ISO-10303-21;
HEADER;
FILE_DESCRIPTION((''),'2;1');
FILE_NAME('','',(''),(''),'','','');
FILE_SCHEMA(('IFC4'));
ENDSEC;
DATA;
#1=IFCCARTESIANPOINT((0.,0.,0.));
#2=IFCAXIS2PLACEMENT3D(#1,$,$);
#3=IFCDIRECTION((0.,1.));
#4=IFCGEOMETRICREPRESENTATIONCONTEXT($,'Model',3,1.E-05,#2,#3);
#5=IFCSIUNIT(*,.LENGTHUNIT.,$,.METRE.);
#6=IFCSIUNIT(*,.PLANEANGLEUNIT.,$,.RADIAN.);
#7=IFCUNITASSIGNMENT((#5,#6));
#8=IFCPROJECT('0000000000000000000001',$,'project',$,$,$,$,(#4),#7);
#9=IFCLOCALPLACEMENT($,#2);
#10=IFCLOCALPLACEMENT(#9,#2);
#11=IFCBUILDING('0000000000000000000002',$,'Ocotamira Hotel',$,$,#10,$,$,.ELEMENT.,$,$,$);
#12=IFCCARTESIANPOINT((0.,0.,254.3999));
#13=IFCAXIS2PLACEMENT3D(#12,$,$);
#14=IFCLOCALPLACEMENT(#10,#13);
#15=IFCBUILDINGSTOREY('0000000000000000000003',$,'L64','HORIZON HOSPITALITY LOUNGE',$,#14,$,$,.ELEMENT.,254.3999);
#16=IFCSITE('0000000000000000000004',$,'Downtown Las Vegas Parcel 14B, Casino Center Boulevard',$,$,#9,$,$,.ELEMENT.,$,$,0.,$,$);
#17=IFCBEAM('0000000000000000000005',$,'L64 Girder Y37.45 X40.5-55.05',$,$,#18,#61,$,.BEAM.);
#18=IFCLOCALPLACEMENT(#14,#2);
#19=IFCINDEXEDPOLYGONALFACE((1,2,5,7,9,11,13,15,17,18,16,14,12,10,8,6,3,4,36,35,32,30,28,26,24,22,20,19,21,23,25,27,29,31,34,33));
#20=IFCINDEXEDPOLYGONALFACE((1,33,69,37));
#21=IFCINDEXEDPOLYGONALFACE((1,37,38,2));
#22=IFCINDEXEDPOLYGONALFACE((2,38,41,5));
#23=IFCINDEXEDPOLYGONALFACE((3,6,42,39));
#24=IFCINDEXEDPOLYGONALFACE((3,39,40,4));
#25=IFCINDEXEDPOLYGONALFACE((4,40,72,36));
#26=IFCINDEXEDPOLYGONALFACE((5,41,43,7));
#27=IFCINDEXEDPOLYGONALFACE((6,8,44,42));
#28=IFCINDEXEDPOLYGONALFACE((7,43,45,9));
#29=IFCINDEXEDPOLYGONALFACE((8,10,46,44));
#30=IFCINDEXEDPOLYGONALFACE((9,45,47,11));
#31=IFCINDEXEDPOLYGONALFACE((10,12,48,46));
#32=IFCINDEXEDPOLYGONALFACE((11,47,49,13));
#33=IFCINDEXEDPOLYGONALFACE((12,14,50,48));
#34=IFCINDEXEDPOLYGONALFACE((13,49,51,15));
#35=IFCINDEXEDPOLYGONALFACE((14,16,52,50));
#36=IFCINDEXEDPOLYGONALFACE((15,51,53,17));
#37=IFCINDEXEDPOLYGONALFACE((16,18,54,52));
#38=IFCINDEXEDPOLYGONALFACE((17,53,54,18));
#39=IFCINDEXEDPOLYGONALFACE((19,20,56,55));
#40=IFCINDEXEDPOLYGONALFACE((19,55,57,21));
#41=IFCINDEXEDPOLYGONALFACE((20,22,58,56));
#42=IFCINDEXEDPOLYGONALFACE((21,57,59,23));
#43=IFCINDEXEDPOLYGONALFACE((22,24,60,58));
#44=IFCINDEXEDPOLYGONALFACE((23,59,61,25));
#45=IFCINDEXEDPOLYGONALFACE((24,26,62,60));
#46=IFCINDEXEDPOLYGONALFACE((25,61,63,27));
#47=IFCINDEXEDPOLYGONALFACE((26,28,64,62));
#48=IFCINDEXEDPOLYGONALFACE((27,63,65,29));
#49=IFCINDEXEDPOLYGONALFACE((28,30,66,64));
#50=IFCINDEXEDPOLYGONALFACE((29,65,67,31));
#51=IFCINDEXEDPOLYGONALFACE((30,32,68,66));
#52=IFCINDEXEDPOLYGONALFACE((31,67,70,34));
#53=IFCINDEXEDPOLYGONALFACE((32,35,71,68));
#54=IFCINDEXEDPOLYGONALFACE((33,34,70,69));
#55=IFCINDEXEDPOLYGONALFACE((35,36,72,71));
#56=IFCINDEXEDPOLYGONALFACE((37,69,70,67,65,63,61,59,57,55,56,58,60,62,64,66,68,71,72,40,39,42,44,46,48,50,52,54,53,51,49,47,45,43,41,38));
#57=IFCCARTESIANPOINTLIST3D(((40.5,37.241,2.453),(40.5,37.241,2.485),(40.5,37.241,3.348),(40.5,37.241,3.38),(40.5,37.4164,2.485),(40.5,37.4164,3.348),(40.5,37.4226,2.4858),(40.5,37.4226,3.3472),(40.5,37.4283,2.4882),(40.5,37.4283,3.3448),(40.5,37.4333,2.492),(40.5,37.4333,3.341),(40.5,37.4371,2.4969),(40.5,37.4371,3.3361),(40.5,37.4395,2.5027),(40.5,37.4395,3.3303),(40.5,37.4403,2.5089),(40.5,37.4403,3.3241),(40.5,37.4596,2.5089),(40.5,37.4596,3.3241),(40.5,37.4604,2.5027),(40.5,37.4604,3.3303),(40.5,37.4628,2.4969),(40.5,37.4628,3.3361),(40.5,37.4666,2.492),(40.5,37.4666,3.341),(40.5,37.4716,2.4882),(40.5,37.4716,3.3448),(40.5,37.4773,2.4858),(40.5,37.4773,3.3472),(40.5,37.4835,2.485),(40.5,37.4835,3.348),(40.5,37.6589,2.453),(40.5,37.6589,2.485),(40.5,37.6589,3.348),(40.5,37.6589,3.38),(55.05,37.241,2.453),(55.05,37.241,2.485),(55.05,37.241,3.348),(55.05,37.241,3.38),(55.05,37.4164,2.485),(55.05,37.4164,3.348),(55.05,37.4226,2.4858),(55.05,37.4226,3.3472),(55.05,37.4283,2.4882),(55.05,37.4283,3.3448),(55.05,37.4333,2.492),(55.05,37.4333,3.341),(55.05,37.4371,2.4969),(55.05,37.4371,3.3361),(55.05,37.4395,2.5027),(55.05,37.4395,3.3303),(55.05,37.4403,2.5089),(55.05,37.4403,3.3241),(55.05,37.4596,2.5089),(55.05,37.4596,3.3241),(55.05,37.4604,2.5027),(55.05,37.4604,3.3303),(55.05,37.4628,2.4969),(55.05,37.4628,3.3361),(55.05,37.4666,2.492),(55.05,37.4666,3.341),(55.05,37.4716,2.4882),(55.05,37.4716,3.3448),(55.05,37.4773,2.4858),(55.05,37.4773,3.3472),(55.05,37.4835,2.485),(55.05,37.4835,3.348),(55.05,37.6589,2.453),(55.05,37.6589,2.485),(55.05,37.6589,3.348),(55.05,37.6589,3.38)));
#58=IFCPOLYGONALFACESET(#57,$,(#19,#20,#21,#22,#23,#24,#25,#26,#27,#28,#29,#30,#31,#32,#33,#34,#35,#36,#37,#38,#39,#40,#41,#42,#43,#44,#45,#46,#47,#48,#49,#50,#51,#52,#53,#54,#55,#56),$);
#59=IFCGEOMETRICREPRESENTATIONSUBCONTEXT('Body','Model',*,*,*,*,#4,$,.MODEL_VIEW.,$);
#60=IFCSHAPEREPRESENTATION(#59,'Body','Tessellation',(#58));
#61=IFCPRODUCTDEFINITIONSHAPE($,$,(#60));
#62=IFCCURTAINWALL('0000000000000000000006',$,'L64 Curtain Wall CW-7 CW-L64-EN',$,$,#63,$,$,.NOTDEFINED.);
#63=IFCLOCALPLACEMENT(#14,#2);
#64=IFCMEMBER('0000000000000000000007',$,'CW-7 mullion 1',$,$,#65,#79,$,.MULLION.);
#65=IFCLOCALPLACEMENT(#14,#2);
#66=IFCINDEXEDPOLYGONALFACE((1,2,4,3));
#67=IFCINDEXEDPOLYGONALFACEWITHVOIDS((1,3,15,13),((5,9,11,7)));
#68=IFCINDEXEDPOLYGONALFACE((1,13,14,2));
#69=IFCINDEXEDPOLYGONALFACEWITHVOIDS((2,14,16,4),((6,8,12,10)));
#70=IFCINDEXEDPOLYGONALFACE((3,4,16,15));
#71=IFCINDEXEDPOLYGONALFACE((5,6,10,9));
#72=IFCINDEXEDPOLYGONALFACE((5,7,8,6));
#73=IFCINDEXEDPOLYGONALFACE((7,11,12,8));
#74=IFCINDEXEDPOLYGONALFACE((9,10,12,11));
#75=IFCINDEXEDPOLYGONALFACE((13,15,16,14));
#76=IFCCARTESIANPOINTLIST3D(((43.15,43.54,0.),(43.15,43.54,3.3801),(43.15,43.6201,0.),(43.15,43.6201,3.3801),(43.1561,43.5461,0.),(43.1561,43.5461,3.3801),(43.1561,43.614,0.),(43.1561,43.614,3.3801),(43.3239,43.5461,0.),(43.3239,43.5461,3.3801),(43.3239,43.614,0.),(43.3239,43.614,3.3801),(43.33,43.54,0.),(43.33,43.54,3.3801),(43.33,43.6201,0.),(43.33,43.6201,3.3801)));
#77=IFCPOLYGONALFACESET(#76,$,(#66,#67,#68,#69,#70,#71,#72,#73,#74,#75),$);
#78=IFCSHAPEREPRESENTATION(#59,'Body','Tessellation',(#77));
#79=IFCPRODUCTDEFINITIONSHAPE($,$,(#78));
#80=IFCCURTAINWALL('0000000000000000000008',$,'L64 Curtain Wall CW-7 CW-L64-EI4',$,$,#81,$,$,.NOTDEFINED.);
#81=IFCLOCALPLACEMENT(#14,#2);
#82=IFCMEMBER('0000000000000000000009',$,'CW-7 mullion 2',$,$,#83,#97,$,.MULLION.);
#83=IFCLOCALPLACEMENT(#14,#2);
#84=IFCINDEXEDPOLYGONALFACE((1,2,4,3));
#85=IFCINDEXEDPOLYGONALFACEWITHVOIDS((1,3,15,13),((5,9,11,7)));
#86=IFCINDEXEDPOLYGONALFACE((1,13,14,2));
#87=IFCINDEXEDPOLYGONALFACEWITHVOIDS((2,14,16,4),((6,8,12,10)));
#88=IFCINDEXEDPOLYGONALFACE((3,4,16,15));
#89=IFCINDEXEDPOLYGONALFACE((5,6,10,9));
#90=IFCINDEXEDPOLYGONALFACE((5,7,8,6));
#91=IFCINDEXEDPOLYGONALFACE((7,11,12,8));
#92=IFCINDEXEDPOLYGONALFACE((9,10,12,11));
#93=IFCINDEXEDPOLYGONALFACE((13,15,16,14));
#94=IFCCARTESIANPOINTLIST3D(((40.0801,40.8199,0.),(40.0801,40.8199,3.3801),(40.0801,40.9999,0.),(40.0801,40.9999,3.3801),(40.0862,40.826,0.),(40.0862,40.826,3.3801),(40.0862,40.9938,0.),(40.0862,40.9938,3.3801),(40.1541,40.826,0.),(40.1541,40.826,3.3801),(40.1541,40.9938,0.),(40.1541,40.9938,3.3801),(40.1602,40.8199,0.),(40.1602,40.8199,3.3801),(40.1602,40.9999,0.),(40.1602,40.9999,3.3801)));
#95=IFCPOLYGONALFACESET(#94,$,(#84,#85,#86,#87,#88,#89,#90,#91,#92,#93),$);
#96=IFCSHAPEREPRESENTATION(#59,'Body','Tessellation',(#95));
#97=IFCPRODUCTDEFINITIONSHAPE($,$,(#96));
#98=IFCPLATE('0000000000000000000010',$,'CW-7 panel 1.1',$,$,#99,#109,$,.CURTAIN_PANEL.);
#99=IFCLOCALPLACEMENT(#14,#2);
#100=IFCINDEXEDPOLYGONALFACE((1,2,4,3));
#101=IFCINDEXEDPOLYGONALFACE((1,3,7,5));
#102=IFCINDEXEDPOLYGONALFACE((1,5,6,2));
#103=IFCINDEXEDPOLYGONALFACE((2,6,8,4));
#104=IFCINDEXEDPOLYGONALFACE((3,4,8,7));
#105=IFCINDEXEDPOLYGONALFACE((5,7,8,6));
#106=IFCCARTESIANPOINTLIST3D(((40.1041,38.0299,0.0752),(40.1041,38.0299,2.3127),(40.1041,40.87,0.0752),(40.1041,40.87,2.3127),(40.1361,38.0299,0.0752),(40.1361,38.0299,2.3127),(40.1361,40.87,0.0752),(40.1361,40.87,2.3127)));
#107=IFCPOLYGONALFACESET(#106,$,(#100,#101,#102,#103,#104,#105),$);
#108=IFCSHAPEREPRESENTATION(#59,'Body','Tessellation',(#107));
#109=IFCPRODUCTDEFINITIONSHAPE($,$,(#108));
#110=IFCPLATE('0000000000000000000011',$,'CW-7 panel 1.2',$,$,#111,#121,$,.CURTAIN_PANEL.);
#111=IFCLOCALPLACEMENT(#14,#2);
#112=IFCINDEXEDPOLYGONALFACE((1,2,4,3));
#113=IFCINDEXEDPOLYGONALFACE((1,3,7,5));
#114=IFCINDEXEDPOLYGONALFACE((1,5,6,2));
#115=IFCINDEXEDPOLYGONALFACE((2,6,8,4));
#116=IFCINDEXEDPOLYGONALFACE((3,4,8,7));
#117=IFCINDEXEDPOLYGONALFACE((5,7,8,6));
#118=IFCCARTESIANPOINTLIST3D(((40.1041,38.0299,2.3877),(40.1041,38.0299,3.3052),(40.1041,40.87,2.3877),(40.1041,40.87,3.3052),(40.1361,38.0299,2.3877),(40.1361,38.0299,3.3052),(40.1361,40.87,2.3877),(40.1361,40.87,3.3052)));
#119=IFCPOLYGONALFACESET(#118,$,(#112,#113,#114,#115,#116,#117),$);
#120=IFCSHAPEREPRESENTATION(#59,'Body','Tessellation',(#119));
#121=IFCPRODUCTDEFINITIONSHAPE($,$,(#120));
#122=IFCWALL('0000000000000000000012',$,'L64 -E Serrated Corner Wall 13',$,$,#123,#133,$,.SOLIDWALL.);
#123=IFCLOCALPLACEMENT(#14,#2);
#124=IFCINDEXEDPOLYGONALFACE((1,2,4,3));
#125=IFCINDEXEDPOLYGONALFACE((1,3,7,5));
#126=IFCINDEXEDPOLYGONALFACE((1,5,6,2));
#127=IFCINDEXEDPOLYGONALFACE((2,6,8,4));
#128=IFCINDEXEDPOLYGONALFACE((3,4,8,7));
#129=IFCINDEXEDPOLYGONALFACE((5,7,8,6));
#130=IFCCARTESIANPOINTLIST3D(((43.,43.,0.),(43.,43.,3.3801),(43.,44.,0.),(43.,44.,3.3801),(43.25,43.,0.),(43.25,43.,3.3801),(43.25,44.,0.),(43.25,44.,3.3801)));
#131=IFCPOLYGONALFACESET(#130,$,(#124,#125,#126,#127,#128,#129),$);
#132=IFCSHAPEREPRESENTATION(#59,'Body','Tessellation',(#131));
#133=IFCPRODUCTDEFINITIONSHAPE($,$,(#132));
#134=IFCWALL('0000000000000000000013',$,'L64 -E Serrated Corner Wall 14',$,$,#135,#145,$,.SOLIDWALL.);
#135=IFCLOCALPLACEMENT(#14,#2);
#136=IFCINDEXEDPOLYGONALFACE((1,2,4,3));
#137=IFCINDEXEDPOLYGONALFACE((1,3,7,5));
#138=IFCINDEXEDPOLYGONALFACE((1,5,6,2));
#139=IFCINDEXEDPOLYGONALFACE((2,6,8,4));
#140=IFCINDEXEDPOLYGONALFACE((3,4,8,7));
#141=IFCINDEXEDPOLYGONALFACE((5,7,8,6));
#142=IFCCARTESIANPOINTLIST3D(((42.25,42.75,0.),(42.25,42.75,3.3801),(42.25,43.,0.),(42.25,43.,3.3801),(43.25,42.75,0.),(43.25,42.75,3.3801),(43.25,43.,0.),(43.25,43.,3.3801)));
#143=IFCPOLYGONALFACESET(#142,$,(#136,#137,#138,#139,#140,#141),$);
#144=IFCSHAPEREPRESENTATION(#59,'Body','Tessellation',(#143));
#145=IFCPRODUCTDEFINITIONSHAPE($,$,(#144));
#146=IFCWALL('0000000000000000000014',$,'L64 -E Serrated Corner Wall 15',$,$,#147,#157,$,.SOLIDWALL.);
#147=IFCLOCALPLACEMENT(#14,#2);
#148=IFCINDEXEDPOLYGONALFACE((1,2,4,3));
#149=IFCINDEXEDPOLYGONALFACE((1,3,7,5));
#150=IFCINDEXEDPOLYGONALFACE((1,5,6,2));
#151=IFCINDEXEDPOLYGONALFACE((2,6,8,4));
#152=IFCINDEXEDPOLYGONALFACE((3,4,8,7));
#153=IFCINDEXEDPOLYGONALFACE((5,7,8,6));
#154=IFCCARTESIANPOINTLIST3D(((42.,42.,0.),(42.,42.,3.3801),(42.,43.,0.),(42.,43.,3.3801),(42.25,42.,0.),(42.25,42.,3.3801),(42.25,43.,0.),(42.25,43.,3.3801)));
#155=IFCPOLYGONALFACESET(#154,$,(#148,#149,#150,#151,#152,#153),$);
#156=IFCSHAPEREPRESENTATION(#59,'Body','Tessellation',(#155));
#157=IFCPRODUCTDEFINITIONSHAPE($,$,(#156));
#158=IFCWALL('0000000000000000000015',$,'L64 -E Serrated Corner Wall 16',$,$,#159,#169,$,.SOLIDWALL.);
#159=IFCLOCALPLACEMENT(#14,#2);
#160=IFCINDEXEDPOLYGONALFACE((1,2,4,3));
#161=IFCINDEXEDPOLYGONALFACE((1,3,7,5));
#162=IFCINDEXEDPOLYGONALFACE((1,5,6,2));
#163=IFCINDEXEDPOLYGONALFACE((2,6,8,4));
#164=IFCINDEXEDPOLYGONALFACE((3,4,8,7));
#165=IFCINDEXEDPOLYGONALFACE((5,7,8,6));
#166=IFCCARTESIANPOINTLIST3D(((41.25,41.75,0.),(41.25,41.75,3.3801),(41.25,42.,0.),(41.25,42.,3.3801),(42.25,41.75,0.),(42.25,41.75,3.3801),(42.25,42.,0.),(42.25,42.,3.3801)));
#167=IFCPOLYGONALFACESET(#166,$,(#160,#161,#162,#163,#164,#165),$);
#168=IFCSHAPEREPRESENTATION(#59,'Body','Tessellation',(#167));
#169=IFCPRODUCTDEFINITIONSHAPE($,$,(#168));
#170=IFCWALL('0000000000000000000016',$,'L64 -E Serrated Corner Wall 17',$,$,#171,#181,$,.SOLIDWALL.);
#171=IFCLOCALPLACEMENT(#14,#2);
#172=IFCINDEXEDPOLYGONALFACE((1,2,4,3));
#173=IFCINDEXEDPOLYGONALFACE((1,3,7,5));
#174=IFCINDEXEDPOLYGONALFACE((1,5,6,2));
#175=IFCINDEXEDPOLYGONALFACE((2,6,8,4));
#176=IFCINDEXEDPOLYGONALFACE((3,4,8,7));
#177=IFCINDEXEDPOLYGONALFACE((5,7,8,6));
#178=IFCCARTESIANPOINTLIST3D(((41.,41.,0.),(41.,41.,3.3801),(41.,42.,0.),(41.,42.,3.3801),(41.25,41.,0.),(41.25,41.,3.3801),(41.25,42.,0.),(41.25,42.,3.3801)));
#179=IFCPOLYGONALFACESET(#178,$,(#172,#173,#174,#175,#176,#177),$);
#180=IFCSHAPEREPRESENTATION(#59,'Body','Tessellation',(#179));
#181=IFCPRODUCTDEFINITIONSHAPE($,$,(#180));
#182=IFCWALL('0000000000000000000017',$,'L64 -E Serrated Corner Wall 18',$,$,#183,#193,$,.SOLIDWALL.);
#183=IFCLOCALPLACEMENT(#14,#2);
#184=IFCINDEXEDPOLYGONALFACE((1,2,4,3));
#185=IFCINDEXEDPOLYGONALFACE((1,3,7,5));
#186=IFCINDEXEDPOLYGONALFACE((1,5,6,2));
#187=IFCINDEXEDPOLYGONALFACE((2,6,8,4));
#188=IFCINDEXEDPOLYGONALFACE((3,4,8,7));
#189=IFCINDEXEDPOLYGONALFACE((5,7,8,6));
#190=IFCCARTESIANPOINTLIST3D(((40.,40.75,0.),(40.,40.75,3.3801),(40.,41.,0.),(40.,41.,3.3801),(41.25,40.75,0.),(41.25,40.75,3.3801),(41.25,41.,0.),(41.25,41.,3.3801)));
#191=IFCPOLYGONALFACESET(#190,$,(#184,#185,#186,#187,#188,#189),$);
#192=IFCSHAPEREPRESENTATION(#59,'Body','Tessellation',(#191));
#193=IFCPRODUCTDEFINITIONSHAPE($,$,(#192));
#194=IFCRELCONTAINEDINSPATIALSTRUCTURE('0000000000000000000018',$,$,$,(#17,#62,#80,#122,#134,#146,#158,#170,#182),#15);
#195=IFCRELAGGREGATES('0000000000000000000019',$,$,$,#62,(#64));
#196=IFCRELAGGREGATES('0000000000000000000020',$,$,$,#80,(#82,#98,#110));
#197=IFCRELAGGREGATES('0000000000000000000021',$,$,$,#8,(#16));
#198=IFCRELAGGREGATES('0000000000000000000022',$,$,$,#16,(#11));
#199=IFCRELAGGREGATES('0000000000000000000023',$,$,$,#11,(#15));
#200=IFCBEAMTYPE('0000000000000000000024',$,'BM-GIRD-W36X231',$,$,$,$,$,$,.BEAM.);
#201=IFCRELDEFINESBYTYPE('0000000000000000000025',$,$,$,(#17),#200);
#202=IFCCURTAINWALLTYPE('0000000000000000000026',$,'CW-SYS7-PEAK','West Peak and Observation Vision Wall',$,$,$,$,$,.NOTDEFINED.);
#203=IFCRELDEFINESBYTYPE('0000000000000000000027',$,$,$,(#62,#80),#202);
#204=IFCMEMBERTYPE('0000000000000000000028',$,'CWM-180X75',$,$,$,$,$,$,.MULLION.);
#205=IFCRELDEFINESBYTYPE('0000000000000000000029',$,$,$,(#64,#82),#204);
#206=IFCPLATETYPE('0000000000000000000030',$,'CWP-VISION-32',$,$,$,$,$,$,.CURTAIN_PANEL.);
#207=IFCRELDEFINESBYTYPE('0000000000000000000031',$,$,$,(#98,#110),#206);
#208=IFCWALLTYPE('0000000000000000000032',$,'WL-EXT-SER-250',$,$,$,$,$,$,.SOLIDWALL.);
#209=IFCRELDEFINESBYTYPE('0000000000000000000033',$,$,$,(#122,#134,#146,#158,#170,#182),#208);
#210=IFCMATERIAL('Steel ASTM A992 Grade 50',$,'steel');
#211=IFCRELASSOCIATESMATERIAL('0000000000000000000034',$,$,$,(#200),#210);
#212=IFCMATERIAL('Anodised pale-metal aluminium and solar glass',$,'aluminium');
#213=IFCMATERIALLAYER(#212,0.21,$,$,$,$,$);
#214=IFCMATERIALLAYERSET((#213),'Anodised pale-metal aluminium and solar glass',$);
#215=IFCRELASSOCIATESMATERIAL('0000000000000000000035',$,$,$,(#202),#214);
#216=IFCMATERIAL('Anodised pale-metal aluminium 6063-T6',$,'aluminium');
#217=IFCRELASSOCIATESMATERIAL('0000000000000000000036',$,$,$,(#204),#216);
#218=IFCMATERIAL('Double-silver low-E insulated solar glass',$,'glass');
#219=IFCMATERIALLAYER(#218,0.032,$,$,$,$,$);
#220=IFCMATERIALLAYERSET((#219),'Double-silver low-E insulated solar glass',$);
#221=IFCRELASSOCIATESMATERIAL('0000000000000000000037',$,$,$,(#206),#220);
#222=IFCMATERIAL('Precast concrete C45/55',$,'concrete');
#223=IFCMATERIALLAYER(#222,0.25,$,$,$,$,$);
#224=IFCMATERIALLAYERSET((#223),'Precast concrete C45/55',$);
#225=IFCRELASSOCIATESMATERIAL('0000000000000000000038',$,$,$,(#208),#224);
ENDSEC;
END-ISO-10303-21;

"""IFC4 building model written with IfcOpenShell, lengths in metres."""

from ifc_helpers import new_model, si_unit, direction, frame, frame_2d, origin, origin_2d, place, context, subcontext, project, spatial, rectangle, hollow_rectangle, i_section, extrude, source, transform, mapped, material, layer, layer_set, material_profile, profile_set, type_object, element, aggregate, save


model = new_model("IFC4")

# Units and contexts
model_context = context("Model", 3, precision=1e-05, world=origin(), true_north=direction((0.0, 1.0)))
body_context = subcontext(model_context, "Body", "Model", "MODEL_VIEW")
ifc_project = project(units=[si_unit("LENGTHUNIT", "METRE"), si_unit("PLANEANGLEUNIT", "RADIAN")], contexts=[model_context])

# Site, building, storey
site_placement = place(None, origin())
site = spatial("IfcSite", under=ifc_project, at=site_placement, Name="Downtown Las Vegas Parcel 14B, Casino Center Boulevard", CompositionType="ELEMENT", RefElevation=0.0)
building_placement = place(site_placement, origin())
building = spatial("IfcBuilding", under=site, at=building_placement, Name="Ocotamira Hotel", CompositionType="ELEMENT")
storey_placement = place(building_placement, frame((0.0, 0.0, 254.3999)))
storey = spatial("IfcBuildingStorey", under=building, at=storey_placement, Name="L64", Description="HORIZON HOSPITALITY LOUNGE", CompositionType="ELEMENT", Elevation=254.3999)

# Beam
ifc_material_1 = material(Name="Steel ASTM A992 Grade 50", Category="steel")
ifc_material_profile_1 = material_profile(ifc_material_1, i_section(OverallWidth=0.418, OverallDepth=0.927, WebThickness=0.0193, FlangeThickness=0.032, FilletRadius=0.0239, at=origin_2d()), Name="W36X231")
ifc_profile_set_1 = profile_set([ifc_material_profile_1], Name="Steel ASTM A992 Grade 50")
beam_type = type_object("IfcBeamType", Name="BM-GIRD-W36X231", PredefinedType="BEAM", material=ifc_profile_set_1)
shared_shape_1 = source(origin(), body_context, "Body", "SweptSolid", [
    extrude(i_section(OverallWidth=0.418, OverallDepth=0.927, WebThickness=0.0193, FlangeThickness=0.032, FilletRadius=0.0239, at=origin_2d()), origin(), (0.0, 0.0, 1.0), 14.55),
])
beam_placement = place(storey_placement, frame((40.5, 37.45, 2.9165), z_axis=(1.0, 0.0, 0.0), x_axis=(0.0, 1.0, 0.0)))
element("IfcBeam", 1, at=beam_placement, inside=storey, type_object=beam_type, Name="L64 Girder Y37.45 X40.5-55.05", PredefinedType="BEAM", context=body_context, shape_type="MappedRepresentation", body=[
    mapped(shared_shape_1, transform((0.0, 0.0, 0.0), scale=1.0)),
])

# Curtain wall, member
ifc_material_2 = material(Name="Anodised pale-metal aluminium and solar glass", Category="aluminium")
ifc_layer_1 = layer(ifc_material_2, 0.21)
ifc_layer_set_1 = layer_set([ifc_layer_1], Name="Anodised pale-metal aluminium and solar glass")
curtain_wall_type = type_object("IfcCurtainWallType", Name="CW-SYS7-PEAK", Description="West Peak and Observation Vision Wall", PredefinedType="NOTDEFINED", material=ifc_layer_set_1)
curtain_wall_1_placement = place(storey_placement, origin())
curtain_wall_1 = element("IfcCurtainWall", 2, at=curtain_wall_1_placement, inside=storey, type_object=curtain_wall_type, Name="L64 Curtain Wall CW-7 CW-L64-EN", PredefinedType="NOTDEFINED")
ifc_material_3 = material(Name="Anodised pale-metal aluminium 6063-T6", Category="aluminium")
ifc_material_profile_2 = material_profile(ifc_material_3, hollow_rectangle(XDim=0.0801, YDim=0.1799, WallThickness=0.0061, at=origin_2d()), Name="HSS180X80X6")
ifc_profile_set_2 = profile_set([ifc_material_profile_2], Name="Anodised pale-metal aluminium 6063-T6")
member_type = type_object("IfcMemberType", Name="CWM-180X75", PredefinedType="MULLION", material=ifc_profile_set_2)
shared_shape_2 = source(origin(), body_context, "Body", "SweptSolid", [
    extrude(hollow_rectangle(XDim=0.0801, YDim=0.1799, WallThickness=0.0061, at=origin_2d()), origin(), (0.0, 0.0, 1.0), 3.3801),
])
member_1_placement = place(storey_placement, frame((43.24, 43.5801, 0.0), z_axis=(0.0, 0.0, 1.0), x_axis=(0.0, 1.0, 0.0)))
member_1 = element("IfcMember", 3, at=member_1_placement, type_object=member_type, Name="CW-7 mullion 1", PredefinedType="MULLION", context=body_context, shape_type="MappedRepresentation", body=[
    mapped(shared_shape_2, transform((0.0, 0.0, 0.0), scale=1.0)),
])
aggregate(curtain_wall_1, [member_1])

# Curtain wall, member, plates
curtain_wall_2_placement = place(storey_placement, origin())
curtain_wall_2 = element("IfcCurtainWall", 4, at=curtain_wall_2_placement, inside=storey, type_object=curtain_wall_type, Name="L64 Curtain Wall CW-7 CW-L64-EI4", PredefinedType="NOTDEFINED")
member_2_placement = place(storey_placement, frame((40.1201, 40.9099, 0.0), z_axis=(0.0, 0.0, 1.0), x_axis=(-1.0, 0.0, 0.0)))
member_2 = element("IfcMember", 5, at=member_2_placement, type_object=member_type, Name="CW-7 mullion 2", PredefinedType="MULLION", context=body_context, shape_type="MappedRepresentation", body=[
    mapped(shared_shape_2, transform((0.0, 0.0, 0.0), scale=1.0)),
])
ifc_material_4 = material(Name="Double-silver low-E insulated solar glass", Category="glass")
ifc_layer_2 = layer(ifc_material_4, 0.032)
ifc_layer_set_2 = layer_set([ifc_layer_2], Name="Double-silver low-E insulated solar glass")
plate_type = type_object("IfcPlateType", Name="CWP-VISION-32", PredefinedType="CURTAIN_PANEL", material=ifc_layer_set_2)
shared_shape_3 = source(origin(), body_context, "Body", "SweptSolid", [
    extrude(rectangle(XDim=2.8401, YDim=0.032, at=origin_2d()), origin(), (0.0, 0.0, 1.0), 2.2375),
])
plate_1_placement = place(storey_placement, frame((40.1201, 39.45, 0.0752), z_axis=(0.0, 0.0, 1.0), x_axis=(0.0, 1.0, 0.0)))
plate_1 = element("IfcPlate", 6, at=plate_1_placement, type_object=plate_type, Name="CW-7 panel 1.1", PredefinedType="CURTAIN_PANEL", context=body_context, shape_type="MappedRepresentation", body=[
    mapped(shared_shape_3, transform((0.0, 0.0, 0.0), scale=1.0)),
])
shared_shape_4 = source(origin(), body_context, "Body", "SweptSolid", [
    extrude(rectangle(XDim=2.8401, YDim=0.032, at=origin_2d()), origin(), (0.0, 0.0, 1.0), 0.9175),
])
plate_2_placement = place(storey_placement, frame((40.1201, 39.45, 2.3877), z_axis=(0.0, 0.0, 1.0), x_axis=(0.0, 1.0, 0.0)))
plate_2 = element("IfcPlate", 7, at=plate_2_placement, type_object=plate_type, Name="CW-7 panel 1.2", PredefinedType="CURTAIN_PANEL", context=body_context, shape_type="MappedRepresentation", body=[
    mapped(shared_shape_4, transform((0.0, 0.0, 0.0), scale=1.0)),
])
aggregate(curtain_wall_2, [member_2, plate_1, plate_2])

# Walls
ifc_material_5 = material(Name="Precast concrete C45/55", Category="concrete")
ifc_layer_3 = layer(ifc_material_5, 0.25)
ifc_layer_set_3 = layer_set([ifc_layer_3], Name="Precast concrete C45/55")
wall_type_1 = type_object("IfcWallType", Name="WL-EXT-SER-250", PredefinedType="SOLIDWALL", material=ifc_layer_set_3)
for number, where, z_axis, x_axis, name in (
    (8, (43.125, 44.0, 0.0), (0.0, 0.0, 1.0), (0.0, -1.0, 0.0), "L64 -E Serrated Corner Wall 13"),
    (9, (43.25, 42.875, 0.0), (0.0, 0.0, 1.0), (-1.0, 0.0, 0.0), "L64 -E Serrated Corner Wall 14"),
    (10, (42.125, 43.0, 0.0), (0.0, 0.0, 1.0), (0.0, -1.0, 0.0), "L64 -E Serrated Corner Wall 15"),
    (11, (42.25, 41.875, 0.0), (0.0, 0.0, 1.0), (-1.0, 0.0, 0.0), "L64 -E Serrated Corner Wall 16"),
    (12, (41.125, 42.0, 0.0), (0.0, 0.0, 1.0), (0.0, -1.0, 0.0), "L64 -E Serrated Corner Wall 17"),
):
    element("IfcWall", number, at=place(storey_placement, frame(where, z_axis=z_axis, x_axis=x_axis)), inside=storey, type_object=wall_type_1, Name=name, PredefinedType="SOLIDWALL", context=body_context, shape_type="SweptSolid", body=[
        extrude(rectangle(XDim=1.0, YDim=0.25, at=frame_2d((0.5, 0.0))), origin(), (0.0, 0.0, 1.0), 3.3801),
    ])
wall_1_placement = place(storey_placement, frame((41.25, 40.875, 0.0), z_axis=(0.0, 0.0, 1.0), x_axis=(-1.0, 0.0, 0.0)))
element("IfcWall", 13, at=wall_1_placement, inside=storey, type_object=wall_type_1, Name="L64 -E Serrated Corner Wall 18", PredefinedType="SOLIDWALL", context=body_context, shape_type="SweptSolid", body=[
    extrude(rectangle(XDim=1.25, YDim=0.25, at=frame_2d((0.625, 0.0))), origin(), (0.0, 0.0, 1.0), 3.3801),
])

save(model, "model.ifc")
